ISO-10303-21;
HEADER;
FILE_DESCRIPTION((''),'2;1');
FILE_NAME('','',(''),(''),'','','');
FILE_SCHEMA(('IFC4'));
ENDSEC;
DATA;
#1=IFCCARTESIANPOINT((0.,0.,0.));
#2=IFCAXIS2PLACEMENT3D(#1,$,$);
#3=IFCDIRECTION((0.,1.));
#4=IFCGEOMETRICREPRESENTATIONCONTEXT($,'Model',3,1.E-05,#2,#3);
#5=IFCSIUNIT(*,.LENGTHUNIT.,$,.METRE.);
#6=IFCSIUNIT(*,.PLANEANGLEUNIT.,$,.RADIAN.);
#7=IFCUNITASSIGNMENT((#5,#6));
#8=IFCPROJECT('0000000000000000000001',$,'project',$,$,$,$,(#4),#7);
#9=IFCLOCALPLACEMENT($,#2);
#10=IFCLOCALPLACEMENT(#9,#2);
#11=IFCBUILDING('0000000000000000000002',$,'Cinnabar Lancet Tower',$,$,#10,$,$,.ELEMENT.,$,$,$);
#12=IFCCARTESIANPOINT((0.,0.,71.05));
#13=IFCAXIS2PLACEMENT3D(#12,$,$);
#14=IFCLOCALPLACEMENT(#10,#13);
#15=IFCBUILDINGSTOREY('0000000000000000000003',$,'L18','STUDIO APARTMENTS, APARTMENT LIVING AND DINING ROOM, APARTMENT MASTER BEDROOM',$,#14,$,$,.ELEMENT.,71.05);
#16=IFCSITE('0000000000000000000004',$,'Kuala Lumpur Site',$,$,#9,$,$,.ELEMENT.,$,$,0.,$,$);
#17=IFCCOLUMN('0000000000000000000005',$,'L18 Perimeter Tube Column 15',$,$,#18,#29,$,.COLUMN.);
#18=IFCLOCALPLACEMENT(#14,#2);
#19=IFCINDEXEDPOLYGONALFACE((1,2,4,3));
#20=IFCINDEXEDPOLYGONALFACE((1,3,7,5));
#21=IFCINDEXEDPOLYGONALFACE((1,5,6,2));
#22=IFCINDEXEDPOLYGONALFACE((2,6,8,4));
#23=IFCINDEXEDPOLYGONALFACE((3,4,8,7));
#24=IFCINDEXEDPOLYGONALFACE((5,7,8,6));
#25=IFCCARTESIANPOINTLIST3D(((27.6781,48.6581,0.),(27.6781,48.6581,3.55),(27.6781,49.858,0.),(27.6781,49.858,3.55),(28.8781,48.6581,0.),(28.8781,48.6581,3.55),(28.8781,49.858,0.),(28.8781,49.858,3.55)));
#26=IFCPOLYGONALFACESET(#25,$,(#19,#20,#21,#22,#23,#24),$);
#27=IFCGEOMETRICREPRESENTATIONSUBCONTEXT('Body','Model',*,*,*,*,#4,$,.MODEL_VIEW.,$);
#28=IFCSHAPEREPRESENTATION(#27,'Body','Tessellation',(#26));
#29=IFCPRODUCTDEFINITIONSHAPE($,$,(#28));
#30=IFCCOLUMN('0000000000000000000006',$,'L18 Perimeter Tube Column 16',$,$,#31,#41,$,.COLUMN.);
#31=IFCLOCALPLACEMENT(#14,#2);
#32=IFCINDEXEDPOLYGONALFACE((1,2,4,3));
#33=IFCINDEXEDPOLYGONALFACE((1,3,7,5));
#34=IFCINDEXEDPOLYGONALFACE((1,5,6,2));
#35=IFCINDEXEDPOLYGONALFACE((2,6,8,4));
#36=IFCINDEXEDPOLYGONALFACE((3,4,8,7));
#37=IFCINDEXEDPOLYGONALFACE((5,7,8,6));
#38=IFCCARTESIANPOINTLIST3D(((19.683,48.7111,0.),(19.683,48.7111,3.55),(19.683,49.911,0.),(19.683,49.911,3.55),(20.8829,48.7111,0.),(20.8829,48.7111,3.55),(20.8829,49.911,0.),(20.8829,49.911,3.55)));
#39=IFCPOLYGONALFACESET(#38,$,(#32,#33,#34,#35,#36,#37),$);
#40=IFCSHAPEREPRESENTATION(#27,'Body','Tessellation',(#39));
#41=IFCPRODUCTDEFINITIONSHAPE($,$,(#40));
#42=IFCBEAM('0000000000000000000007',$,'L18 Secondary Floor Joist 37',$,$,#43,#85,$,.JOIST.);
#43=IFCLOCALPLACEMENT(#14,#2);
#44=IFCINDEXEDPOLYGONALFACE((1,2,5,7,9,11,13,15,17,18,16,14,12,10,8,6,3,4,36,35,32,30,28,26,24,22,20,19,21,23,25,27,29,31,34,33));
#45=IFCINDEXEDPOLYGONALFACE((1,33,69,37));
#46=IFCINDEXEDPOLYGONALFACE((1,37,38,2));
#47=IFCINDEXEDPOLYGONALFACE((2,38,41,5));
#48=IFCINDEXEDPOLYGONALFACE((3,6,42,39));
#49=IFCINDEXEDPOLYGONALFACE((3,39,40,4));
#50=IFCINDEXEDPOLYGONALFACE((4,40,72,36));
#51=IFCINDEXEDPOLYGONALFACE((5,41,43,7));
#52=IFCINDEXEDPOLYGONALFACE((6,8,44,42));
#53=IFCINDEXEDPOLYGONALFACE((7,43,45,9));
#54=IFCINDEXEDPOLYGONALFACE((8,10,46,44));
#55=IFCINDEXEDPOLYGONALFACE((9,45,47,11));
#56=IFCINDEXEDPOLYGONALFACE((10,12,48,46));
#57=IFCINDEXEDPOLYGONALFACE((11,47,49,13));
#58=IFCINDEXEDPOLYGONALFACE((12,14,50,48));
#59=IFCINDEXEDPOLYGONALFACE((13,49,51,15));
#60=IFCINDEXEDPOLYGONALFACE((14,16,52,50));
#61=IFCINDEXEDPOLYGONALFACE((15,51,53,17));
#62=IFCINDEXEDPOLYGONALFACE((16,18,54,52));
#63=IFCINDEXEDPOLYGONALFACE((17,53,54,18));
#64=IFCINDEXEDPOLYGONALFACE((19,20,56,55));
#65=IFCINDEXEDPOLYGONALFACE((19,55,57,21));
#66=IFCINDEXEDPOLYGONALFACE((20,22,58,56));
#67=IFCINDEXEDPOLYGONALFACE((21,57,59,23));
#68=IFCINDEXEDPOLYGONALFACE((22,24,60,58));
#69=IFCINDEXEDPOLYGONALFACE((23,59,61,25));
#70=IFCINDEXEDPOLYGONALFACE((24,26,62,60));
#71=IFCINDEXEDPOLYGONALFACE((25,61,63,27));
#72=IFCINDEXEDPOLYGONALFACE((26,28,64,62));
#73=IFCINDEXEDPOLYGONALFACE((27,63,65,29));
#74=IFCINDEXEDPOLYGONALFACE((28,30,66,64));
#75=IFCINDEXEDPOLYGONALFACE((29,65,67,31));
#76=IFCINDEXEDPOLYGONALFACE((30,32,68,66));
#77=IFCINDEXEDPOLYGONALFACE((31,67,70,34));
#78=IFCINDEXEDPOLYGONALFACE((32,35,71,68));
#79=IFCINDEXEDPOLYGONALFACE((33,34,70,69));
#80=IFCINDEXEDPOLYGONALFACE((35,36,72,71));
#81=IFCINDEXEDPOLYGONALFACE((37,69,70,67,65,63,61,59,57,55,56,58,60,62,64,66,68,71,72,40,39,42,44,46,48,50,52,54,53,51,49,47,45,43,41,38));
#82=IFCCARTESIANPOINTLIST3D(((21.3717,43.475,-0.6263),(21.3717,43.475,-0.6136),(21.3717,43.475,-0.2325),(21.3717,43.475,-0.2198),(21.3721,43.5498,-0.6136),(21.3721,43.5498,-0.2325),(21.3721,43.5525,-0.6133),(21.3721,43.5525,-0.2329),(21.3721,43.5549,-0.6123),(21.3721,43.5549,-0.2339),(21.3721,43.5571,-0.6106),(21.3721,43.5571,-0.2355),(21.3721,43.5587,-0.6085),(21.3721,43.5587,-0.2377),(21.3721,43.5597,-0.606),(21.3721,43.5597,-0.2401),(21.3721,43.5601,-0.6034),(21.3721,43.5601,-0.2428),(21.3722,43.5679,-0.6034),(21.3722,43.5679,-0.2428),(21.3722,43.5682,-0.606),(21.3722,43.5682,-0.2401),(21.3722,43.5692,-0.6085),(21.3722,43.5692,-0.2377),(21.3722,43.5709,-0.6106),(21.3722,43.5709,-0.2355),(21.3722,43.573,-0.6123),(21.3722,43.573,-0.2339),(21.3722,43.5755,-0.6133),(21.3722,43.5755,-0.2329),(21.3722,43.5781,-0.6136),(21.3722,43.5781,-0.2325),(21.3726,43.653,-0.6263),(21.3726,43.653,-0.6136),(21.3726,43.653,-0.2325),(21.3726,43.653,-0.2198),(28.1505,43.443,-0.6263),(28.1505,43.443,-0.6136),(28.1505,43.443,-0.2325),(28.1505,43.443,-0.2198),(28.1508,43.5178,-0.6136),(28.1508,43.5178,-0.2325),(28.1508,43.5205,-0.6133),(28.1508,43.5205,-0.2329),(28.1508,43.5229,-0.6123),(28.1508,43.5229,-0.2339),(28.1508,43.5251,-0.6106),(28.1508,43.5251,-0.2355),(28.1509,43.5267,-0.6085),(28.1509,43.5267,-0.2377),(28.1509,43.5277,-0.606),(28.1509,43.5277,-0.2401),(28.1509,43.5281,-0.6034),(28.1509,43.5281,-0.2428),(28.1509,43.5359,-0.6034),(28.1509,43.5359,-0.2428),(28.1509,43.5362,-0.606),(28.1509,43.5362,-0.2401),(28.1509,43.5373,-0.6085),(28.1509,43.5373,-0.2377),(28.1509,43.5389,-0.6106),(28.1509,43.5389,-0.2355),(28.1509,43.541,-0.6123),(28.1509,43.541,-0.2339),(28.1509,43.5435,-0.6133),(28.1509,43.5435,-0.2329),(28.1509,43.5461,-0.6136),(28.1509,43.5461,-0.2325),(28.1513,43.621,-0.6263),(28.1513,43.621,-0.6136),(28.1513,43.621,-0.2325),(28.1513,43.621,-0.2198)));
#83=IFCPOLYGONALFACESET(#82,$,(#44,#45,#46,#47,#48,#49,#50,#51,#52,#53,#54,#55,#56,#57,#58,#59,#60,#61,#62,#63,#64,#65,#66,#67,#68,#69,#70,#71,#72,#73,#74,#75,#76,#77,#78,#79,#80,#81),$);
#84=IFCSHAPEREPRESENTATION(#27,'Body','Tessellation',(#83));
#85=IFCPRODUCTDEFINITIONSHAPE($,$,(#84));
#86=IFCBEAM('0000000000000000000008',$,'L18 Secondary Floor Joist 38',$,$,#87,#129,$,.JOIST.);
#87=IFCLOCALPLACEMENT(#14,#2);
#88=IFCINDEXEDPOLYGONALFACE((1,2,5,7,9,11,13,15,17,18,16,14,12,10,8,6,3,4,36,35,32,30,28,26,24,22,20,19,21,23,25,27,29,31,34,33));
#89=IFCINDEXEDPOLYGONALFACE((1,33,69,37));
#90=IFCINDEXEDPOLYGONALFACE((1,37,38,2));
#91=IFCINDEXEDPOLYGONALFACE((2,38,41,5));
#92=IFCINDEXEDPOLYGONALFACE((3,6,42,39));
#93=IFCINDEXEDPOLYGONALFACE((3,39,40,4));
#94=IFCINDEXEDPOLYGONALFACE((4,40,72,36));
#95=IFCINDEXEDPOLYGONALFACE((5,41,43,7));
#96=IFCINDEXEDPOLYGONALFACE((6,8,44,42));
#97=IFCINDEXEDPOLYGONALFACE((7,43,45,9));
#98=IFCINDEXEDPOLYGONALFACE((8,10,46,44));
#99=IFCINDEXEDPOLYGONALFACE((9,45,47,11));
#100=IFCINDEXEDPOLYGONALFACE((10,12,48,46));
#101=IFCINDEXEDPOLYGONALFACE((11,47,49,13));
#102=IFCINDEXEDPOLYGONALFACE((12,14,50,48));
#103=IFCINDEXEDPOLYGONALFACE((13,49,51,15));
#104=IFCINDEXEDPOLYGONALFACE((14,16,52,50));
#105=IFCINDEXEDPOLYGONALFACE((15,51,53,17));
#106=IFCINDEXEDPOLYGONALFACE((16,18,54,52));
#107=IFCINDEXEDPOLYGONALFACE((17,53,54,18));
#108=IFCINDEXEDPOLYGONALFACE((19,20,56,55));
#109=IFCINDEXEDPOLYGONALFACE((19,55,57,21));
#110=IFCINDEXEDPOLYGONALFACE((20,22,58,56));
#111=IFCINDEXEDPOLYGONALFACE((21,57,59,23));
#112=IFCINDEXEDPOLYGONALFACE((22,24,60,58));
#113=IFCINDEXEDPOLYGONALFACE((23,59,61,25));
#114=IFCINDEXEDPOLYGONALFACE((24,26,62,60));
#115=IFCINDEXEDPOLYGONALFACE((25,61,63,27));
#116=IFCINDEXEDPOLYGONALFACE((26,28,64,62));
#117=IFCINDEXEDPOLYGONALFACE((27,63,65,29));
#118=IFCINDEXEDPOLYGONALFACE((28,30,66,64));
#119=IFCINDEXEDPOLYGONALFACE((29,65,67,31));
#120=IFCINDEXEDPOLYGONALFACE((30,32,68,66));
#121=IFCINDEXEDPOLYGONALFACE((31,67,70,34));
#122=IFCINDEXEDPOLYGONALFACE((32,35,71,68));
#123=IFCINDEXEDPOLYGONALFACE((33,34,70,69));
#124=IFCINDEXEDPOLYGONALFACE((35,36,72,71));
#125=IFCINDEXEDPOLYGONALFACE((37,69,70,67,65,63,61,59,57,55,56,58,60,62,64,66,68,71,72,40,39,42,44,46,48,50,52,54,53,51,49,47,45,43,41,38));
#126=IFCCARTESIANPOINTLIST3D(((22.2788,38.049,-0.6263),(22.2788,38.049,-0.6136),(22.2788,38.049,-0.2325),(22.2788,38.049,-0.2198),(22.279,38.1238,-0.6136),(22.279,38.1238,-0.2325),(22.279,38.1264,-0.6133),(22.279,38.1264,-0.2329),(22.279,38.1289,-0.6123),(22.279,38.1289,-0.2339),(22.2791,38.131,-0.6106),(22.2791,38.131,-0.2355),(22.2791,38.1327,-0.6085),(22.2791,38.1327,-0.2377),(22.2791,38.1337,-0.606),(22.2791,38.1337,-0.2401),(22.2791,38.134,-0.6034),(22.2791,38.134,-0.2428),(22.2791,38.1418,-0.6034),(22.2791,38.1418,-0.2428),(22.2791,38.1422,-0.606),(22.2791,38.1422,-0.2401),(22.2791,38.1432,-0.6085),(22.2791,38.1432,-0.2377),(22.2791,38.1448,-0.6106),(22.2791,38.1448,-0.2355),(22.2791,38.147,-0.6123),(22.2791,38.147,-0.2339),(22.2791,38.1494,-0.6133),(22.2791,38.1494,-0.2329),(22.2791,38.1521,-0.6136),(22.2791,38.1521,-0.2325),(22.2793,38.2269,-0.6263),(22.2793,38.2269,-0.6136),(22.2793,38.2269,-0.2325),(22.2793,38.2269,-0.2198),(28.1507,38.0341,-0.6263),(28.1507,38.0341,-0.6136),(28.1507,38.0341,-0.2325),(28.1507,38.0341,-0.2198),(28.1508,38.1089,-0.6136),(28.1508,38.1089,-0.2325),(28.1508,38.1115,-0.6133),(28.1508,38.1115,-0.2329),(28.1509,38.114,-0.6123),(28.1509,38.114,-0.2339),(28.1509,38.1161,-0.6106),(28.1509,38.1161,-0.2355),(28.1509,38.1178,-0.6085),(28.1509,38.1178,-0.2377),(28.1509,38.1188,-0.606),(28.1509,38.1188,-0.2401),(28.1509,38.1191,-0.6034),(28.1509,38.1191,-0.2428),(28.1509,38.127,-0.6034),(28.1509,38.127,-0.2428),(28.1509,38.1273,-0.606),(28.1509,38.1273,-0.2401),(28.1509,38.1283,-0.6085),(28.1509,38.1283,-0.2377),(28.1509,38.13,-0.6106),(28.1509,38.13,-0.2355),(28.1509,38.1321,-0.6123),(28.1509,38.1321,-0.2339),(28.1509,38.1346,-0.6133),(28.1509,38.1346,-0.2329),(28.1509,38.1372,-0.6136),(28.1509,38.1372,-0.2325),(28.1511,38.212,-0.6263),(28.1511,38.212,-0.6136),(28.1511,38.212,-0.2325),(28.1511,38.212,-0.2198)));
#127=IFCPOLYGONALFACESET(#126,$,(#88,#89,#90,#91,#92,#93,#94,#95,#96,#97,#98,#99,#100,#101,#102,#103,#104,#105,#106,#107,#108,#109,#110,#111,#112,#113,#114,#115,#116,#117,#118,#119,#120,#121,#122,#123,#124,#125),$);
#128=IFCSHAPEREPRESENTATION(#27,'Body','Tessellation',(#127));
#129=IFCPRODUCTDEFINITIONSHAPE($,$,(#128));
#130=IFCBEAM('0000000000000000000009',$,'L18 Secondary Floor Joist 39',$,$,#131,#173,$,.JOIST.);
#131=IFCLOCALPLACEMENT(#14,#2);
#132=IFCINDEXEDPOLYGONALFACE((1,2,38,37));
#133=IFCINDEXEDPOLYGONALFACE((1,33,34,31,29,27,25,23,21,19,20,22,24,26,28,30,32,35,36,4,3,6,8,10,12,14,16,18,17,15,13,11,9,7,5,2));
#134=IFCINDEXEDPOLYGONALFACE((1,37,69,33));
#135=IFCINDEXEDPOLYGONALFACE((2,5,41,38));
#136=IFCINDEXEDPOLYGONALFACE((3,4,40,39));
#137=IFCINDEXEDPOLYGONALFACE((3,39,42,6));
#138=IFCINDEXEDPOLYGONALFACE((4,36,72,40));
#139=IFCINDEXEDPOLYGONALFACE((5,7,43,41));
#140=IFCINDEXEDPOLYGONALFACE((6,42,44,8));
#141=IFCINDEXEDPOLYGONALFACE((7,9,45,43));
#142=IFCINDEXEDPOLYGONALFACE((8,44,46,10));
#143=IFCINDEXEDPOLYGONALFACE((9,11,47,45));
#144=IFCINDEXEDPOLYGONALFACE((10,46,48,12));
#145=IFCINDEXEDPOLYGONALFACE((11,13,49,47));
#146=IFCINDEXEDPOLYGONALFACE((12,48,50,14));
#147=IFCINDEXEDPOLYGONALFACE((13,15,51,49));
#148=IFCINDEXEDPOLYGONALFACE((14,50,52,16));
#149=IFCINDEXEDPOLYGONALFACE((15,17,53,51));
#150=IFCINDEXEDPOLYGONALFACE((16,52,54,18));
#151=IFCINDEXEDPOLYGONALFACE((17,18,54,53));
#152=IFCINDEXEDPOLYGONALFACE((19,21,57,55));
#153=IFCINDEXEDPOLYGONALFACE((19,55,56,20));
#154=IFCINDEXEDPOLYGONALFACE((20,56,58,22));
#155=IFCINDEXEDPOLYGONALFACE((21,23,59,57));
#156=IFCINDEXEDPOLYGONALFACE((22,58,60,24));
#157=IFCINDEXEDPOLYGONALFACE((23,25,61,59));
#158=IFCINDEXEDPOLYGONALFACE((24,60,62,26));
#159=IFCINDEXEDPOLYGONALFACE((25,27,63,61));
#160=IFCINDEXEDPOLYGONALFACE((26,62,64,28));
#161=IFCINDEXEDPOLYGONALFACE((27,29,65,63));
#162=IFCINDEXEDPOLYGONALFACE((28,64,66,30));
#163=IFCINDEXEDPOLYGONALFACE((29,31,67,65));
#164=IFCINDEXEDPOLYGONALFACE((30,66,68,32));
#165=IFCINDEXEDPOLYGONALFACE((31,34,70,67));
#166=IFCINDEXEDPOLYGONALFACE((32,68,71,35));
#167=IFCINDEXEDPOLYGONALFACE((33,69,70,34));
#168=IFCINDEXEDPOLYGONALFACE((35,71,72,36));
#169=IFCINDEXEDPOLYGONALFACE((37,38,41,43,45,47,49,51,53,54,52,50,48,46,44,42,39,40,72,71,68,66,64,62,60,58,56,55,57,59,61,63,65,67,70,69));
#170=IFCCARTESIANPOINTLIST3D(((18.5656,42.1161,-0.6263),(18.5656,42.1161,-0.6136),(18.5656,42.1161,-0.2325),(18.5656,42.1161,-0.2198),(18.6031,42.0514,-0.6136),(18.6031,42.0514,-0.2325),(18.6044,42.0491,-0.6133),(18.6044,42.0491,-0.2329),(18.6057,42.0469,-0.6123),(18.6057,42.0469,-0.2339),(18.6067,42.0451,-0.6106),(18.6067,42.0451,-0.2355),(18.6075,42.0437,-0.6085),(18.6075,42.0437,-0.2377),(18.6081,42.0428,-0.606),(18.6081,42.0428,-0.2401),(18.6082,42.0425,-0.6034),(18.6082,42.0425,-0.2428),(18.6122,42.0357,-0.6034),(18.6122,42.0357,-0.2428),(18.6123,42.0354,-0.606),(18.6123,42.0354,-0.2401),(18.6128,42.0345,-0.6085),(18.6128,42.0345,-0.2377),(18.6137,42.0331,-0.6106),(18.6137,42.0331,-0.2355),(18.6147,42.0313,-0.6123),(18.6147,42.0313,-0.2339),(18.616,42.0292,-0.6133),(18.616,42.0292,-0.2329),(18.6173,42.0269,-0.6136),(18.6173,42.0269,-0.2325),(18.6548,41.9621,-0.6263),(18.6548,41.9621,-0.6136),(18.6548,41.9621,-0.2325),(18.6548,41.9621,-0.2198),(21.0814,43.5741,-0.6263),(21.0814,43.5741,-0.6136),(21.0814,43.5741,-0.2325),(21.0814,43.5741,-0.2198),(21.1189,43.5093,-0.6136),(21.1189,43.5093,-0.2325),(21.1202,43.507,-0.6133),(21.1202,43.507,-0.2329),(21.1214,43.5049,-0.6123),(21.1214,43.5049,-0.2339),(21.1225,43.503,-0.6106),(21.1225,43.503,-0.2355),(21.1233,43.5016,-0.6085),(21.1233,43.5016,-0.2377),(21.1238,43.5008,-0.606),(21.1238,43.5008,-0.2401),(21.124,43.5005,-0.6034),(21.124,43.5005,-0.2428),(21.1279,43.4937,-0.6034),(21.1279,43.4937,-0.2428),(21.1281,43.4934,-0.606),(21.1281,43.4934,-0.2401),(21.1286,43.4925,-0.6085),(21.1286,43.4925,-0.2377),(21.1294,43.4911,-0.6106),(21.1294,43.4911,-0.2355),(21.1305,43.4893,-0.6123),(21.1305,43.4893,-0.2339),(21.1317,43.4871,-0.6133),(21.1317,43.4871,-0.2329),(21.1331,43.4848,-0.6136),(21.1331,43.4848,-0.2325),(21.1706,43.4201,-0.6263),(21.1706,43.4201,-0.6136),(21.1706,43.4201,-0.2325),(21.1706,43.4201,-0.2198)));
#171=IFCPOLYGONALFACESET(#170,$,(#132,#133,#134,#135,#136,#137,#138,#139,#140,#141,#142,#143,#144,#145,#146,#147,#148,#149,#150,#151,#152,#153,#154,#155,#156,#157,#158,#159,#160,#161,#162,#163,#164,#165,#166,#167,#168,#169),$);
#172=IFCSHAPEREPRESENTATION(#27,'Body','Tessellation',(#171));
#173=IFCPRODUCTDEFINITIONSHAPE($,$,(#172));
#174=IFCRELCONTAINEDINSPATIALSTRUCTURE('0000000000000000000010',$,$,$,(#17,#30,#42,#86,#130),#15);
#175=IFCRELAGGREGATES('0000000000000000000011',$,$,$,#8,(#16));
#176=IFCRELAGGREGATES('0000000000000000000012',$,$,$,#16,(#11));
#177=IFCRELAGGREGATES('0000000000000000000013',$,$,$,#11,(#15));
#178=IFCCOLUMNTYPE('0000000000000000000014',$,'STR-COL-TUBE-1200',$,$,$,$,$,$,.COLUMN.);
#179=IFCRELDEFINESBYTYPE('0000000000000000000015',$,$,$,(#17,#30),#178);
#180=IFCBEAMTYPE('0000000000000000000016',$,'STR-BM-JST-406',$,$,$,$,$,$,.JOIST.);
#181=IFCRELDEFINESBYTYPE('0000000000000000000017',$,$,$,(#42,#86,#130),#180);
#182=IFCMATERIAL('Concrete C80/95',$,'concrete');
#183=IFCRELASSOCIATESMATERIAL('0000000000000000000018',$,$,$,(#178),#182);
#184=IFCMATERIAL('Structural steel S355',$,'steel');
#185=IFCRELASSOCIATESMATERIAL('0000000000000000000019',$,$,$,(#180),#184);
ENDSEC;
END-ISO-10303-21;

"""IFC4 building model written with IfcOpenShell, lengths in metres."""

from ifc_helpers import new_model, si_unit, direction, frame, origin, origin_2d, place, context, subcontext, project, spatial, rectangle, i_section, extrude, material, material_profile, profile_set, type_object, element, save


model = new_model("IFC4")

# Units and contexts
model_context = context("Model", 3, precision=1e-05, world=origin(), true_north=direction((0.0, 1.0)))
body_context = subcontext(model_context, "Body", "Model", "MODEL_VIEW")
ifc_project = project(units=[si_unit("LENGTHUNIT", "METRE"), si_unit("PLANEANGLEUNIT", "RADIAN")], contexts=[model_context])

# Site, building, storey
site_placement = place(None, origin())
site = spatial("IfcSite", under=ifc_project, at=site_placement, Name="Kuala Lumpur Site", CompositionType="ELEMENT", RefElevation=0.0)
building_placement = place(site_placement, origin())
building = spatial("IfcBuilding", under=site, at=building_placement, Name="Cinnabar Lancet Tower", CompositionType="ELEMENT")
storey_placement = place(building_placement, frame((0.0, 0.0, 71.05)))
storey = spatial("IfcBuildingStorey", under=building, at=storey_placement, Name="L18", Description="STUDIO APARTMENTS, APARTMENT LIVING AND DINING ROOM, APARTMENT MASTER BEDROOM", CompositionType="ELEMENT", Elevation=71.05)

# Columns
ifc_material_1 = material(Name="Concrete C80/95", Category="concrete")
ifc_material_profile_1 = material_profile(ifc_material_1, rectangle(XDim=1.2, YDim=1.2, at=origin_2d()), Name="RC-COL 1200x1200")
ifc_profile_set_1 = profile_set([ifc_material_profile_1], Name="Concrete C80/95")
column_type = type_object("IfcColumnType", Name="STR-COL-TUBE-1200", PredefinedType="COLUMN", material=ifc_profile_set_1)
for number, where, z_axis, x_axis, name in (
    (1, (28.2781, 49.2581, 0.0), (0.0, 0.0, 1.0), (1.0, 0.0, 0.0), "L18 Perimeter Tube Column 15"),
    (2, (20.283, 49.311, 0.0), (0.0, 0.0, 1.0), (1.0, 0.0, 0.0), "L18 Perimeter Tube Column 16"),
):
    element("IfcColumn", number, at=place(storey_placement, frame(where, z_axis=z_axis, x_axis=x_axis)), inside=storey, type_object=column_type, Name=name, PredefinedType="COLUMN", context=body_context, shape_type="SweptSolid", body=[
        extrude(rectangle(XDim=1.2, YDim=1.2, at=origin_2d()), origin(), (0.0, 0.0, 1.0), 3.55),
    ])

# Beams
ifc_material_2 = material(Name="Structural steel S355", Category="steel")
ifc_material_profile_2 = material_profile(ifc_material_2, i_section(OverallWidth=0.178, OverallDepth=0.4065, WebThickness=0.0078, FlangeThickness=0.0127, FilletRadius=0.0103, at=origin_2d()), Name="UKB 406x178x60")
ifc_profile_set_2 = profile_set([ifc_material_profile_2], Name="Structural steel S355")
beam_type_1 = type_object("IfcBeamType", Name="STR-BM-JST-406", PredefinedType="JOIST", material=ifc_profile_set_2)
beam_1_placement = place(storey_placement, frame((28.1509, 43.532, -0.4231), z_axis=(-0.999989, 0.004718, 0.0), x_axis=(-0.004718, -0.999989, 0.0)))
element("IfcBeam", 3, at=beam_1_placement, inside=storey, type_object=beam_type_1, Name="L18 Secondary Floor Joist 37", PredefinedType="JOIST", context=body_context, shape_type="SweptSolid", body=[
    extrude(i_section(OverallWidth=0.178, OverallDepth=0.4065, WebThickness=0.0078, FlangeThickness=0.0127, FilletRadius=0.0103, at=origin_2d()), origin(), (0.0, 0.0, 1.0), 6.7788),
])
beam_2_placement = place(storey_placement, frame((28.1509, 38.123, -0.4231), z_axis=(-0.999997, 0.002536, 0.0), x_axis=(-0.002536, -0.999997, 0.0)))
element("IfcBeam", 4, at=beam_2_placement, inside=storey, type_object=beam_type_1, Name="L18 Secondary Floor Joist 38", PredefinedType="JOIST", context=body_context, shape_type="SweptSolid", body=[
    extrude(i_section(OverallWidth=0.178, OverallDepth=0.4065, WebThickness=0.0078, FlangeThickness=0.0127, FilletRadius=0.0103, at=origin_2d()), origin(), (0.0, 0.0, 1.0), 5.8718),
])
beam_3_placement = place(storey_placement, frame((21.126, 43.4971, -0.4231), z_axis=(-0.86521, -0.50141, 0.0), x_axis=(0.50141, -0.86521, 0.0)))
element("IfcBeam", 5, at=beam_3_placement, inside=storey, type_object=beam_type_1, Name="L18 Secondary Floor Joist 39", PredefinedType="JOIST", context=body_context, shape_type="SweptSolid", body=[
    extrude(i_section(OverallWidth=0.178, OverallDepth=0.4065, WebThickness=0.0078, FlangeThickness=0.0127, FilletRadius=0.0103, at=origin_2d()), origin(), (0.0, 0.0, 1.0), 2.9077),
])

save(model, "model.ifc")
